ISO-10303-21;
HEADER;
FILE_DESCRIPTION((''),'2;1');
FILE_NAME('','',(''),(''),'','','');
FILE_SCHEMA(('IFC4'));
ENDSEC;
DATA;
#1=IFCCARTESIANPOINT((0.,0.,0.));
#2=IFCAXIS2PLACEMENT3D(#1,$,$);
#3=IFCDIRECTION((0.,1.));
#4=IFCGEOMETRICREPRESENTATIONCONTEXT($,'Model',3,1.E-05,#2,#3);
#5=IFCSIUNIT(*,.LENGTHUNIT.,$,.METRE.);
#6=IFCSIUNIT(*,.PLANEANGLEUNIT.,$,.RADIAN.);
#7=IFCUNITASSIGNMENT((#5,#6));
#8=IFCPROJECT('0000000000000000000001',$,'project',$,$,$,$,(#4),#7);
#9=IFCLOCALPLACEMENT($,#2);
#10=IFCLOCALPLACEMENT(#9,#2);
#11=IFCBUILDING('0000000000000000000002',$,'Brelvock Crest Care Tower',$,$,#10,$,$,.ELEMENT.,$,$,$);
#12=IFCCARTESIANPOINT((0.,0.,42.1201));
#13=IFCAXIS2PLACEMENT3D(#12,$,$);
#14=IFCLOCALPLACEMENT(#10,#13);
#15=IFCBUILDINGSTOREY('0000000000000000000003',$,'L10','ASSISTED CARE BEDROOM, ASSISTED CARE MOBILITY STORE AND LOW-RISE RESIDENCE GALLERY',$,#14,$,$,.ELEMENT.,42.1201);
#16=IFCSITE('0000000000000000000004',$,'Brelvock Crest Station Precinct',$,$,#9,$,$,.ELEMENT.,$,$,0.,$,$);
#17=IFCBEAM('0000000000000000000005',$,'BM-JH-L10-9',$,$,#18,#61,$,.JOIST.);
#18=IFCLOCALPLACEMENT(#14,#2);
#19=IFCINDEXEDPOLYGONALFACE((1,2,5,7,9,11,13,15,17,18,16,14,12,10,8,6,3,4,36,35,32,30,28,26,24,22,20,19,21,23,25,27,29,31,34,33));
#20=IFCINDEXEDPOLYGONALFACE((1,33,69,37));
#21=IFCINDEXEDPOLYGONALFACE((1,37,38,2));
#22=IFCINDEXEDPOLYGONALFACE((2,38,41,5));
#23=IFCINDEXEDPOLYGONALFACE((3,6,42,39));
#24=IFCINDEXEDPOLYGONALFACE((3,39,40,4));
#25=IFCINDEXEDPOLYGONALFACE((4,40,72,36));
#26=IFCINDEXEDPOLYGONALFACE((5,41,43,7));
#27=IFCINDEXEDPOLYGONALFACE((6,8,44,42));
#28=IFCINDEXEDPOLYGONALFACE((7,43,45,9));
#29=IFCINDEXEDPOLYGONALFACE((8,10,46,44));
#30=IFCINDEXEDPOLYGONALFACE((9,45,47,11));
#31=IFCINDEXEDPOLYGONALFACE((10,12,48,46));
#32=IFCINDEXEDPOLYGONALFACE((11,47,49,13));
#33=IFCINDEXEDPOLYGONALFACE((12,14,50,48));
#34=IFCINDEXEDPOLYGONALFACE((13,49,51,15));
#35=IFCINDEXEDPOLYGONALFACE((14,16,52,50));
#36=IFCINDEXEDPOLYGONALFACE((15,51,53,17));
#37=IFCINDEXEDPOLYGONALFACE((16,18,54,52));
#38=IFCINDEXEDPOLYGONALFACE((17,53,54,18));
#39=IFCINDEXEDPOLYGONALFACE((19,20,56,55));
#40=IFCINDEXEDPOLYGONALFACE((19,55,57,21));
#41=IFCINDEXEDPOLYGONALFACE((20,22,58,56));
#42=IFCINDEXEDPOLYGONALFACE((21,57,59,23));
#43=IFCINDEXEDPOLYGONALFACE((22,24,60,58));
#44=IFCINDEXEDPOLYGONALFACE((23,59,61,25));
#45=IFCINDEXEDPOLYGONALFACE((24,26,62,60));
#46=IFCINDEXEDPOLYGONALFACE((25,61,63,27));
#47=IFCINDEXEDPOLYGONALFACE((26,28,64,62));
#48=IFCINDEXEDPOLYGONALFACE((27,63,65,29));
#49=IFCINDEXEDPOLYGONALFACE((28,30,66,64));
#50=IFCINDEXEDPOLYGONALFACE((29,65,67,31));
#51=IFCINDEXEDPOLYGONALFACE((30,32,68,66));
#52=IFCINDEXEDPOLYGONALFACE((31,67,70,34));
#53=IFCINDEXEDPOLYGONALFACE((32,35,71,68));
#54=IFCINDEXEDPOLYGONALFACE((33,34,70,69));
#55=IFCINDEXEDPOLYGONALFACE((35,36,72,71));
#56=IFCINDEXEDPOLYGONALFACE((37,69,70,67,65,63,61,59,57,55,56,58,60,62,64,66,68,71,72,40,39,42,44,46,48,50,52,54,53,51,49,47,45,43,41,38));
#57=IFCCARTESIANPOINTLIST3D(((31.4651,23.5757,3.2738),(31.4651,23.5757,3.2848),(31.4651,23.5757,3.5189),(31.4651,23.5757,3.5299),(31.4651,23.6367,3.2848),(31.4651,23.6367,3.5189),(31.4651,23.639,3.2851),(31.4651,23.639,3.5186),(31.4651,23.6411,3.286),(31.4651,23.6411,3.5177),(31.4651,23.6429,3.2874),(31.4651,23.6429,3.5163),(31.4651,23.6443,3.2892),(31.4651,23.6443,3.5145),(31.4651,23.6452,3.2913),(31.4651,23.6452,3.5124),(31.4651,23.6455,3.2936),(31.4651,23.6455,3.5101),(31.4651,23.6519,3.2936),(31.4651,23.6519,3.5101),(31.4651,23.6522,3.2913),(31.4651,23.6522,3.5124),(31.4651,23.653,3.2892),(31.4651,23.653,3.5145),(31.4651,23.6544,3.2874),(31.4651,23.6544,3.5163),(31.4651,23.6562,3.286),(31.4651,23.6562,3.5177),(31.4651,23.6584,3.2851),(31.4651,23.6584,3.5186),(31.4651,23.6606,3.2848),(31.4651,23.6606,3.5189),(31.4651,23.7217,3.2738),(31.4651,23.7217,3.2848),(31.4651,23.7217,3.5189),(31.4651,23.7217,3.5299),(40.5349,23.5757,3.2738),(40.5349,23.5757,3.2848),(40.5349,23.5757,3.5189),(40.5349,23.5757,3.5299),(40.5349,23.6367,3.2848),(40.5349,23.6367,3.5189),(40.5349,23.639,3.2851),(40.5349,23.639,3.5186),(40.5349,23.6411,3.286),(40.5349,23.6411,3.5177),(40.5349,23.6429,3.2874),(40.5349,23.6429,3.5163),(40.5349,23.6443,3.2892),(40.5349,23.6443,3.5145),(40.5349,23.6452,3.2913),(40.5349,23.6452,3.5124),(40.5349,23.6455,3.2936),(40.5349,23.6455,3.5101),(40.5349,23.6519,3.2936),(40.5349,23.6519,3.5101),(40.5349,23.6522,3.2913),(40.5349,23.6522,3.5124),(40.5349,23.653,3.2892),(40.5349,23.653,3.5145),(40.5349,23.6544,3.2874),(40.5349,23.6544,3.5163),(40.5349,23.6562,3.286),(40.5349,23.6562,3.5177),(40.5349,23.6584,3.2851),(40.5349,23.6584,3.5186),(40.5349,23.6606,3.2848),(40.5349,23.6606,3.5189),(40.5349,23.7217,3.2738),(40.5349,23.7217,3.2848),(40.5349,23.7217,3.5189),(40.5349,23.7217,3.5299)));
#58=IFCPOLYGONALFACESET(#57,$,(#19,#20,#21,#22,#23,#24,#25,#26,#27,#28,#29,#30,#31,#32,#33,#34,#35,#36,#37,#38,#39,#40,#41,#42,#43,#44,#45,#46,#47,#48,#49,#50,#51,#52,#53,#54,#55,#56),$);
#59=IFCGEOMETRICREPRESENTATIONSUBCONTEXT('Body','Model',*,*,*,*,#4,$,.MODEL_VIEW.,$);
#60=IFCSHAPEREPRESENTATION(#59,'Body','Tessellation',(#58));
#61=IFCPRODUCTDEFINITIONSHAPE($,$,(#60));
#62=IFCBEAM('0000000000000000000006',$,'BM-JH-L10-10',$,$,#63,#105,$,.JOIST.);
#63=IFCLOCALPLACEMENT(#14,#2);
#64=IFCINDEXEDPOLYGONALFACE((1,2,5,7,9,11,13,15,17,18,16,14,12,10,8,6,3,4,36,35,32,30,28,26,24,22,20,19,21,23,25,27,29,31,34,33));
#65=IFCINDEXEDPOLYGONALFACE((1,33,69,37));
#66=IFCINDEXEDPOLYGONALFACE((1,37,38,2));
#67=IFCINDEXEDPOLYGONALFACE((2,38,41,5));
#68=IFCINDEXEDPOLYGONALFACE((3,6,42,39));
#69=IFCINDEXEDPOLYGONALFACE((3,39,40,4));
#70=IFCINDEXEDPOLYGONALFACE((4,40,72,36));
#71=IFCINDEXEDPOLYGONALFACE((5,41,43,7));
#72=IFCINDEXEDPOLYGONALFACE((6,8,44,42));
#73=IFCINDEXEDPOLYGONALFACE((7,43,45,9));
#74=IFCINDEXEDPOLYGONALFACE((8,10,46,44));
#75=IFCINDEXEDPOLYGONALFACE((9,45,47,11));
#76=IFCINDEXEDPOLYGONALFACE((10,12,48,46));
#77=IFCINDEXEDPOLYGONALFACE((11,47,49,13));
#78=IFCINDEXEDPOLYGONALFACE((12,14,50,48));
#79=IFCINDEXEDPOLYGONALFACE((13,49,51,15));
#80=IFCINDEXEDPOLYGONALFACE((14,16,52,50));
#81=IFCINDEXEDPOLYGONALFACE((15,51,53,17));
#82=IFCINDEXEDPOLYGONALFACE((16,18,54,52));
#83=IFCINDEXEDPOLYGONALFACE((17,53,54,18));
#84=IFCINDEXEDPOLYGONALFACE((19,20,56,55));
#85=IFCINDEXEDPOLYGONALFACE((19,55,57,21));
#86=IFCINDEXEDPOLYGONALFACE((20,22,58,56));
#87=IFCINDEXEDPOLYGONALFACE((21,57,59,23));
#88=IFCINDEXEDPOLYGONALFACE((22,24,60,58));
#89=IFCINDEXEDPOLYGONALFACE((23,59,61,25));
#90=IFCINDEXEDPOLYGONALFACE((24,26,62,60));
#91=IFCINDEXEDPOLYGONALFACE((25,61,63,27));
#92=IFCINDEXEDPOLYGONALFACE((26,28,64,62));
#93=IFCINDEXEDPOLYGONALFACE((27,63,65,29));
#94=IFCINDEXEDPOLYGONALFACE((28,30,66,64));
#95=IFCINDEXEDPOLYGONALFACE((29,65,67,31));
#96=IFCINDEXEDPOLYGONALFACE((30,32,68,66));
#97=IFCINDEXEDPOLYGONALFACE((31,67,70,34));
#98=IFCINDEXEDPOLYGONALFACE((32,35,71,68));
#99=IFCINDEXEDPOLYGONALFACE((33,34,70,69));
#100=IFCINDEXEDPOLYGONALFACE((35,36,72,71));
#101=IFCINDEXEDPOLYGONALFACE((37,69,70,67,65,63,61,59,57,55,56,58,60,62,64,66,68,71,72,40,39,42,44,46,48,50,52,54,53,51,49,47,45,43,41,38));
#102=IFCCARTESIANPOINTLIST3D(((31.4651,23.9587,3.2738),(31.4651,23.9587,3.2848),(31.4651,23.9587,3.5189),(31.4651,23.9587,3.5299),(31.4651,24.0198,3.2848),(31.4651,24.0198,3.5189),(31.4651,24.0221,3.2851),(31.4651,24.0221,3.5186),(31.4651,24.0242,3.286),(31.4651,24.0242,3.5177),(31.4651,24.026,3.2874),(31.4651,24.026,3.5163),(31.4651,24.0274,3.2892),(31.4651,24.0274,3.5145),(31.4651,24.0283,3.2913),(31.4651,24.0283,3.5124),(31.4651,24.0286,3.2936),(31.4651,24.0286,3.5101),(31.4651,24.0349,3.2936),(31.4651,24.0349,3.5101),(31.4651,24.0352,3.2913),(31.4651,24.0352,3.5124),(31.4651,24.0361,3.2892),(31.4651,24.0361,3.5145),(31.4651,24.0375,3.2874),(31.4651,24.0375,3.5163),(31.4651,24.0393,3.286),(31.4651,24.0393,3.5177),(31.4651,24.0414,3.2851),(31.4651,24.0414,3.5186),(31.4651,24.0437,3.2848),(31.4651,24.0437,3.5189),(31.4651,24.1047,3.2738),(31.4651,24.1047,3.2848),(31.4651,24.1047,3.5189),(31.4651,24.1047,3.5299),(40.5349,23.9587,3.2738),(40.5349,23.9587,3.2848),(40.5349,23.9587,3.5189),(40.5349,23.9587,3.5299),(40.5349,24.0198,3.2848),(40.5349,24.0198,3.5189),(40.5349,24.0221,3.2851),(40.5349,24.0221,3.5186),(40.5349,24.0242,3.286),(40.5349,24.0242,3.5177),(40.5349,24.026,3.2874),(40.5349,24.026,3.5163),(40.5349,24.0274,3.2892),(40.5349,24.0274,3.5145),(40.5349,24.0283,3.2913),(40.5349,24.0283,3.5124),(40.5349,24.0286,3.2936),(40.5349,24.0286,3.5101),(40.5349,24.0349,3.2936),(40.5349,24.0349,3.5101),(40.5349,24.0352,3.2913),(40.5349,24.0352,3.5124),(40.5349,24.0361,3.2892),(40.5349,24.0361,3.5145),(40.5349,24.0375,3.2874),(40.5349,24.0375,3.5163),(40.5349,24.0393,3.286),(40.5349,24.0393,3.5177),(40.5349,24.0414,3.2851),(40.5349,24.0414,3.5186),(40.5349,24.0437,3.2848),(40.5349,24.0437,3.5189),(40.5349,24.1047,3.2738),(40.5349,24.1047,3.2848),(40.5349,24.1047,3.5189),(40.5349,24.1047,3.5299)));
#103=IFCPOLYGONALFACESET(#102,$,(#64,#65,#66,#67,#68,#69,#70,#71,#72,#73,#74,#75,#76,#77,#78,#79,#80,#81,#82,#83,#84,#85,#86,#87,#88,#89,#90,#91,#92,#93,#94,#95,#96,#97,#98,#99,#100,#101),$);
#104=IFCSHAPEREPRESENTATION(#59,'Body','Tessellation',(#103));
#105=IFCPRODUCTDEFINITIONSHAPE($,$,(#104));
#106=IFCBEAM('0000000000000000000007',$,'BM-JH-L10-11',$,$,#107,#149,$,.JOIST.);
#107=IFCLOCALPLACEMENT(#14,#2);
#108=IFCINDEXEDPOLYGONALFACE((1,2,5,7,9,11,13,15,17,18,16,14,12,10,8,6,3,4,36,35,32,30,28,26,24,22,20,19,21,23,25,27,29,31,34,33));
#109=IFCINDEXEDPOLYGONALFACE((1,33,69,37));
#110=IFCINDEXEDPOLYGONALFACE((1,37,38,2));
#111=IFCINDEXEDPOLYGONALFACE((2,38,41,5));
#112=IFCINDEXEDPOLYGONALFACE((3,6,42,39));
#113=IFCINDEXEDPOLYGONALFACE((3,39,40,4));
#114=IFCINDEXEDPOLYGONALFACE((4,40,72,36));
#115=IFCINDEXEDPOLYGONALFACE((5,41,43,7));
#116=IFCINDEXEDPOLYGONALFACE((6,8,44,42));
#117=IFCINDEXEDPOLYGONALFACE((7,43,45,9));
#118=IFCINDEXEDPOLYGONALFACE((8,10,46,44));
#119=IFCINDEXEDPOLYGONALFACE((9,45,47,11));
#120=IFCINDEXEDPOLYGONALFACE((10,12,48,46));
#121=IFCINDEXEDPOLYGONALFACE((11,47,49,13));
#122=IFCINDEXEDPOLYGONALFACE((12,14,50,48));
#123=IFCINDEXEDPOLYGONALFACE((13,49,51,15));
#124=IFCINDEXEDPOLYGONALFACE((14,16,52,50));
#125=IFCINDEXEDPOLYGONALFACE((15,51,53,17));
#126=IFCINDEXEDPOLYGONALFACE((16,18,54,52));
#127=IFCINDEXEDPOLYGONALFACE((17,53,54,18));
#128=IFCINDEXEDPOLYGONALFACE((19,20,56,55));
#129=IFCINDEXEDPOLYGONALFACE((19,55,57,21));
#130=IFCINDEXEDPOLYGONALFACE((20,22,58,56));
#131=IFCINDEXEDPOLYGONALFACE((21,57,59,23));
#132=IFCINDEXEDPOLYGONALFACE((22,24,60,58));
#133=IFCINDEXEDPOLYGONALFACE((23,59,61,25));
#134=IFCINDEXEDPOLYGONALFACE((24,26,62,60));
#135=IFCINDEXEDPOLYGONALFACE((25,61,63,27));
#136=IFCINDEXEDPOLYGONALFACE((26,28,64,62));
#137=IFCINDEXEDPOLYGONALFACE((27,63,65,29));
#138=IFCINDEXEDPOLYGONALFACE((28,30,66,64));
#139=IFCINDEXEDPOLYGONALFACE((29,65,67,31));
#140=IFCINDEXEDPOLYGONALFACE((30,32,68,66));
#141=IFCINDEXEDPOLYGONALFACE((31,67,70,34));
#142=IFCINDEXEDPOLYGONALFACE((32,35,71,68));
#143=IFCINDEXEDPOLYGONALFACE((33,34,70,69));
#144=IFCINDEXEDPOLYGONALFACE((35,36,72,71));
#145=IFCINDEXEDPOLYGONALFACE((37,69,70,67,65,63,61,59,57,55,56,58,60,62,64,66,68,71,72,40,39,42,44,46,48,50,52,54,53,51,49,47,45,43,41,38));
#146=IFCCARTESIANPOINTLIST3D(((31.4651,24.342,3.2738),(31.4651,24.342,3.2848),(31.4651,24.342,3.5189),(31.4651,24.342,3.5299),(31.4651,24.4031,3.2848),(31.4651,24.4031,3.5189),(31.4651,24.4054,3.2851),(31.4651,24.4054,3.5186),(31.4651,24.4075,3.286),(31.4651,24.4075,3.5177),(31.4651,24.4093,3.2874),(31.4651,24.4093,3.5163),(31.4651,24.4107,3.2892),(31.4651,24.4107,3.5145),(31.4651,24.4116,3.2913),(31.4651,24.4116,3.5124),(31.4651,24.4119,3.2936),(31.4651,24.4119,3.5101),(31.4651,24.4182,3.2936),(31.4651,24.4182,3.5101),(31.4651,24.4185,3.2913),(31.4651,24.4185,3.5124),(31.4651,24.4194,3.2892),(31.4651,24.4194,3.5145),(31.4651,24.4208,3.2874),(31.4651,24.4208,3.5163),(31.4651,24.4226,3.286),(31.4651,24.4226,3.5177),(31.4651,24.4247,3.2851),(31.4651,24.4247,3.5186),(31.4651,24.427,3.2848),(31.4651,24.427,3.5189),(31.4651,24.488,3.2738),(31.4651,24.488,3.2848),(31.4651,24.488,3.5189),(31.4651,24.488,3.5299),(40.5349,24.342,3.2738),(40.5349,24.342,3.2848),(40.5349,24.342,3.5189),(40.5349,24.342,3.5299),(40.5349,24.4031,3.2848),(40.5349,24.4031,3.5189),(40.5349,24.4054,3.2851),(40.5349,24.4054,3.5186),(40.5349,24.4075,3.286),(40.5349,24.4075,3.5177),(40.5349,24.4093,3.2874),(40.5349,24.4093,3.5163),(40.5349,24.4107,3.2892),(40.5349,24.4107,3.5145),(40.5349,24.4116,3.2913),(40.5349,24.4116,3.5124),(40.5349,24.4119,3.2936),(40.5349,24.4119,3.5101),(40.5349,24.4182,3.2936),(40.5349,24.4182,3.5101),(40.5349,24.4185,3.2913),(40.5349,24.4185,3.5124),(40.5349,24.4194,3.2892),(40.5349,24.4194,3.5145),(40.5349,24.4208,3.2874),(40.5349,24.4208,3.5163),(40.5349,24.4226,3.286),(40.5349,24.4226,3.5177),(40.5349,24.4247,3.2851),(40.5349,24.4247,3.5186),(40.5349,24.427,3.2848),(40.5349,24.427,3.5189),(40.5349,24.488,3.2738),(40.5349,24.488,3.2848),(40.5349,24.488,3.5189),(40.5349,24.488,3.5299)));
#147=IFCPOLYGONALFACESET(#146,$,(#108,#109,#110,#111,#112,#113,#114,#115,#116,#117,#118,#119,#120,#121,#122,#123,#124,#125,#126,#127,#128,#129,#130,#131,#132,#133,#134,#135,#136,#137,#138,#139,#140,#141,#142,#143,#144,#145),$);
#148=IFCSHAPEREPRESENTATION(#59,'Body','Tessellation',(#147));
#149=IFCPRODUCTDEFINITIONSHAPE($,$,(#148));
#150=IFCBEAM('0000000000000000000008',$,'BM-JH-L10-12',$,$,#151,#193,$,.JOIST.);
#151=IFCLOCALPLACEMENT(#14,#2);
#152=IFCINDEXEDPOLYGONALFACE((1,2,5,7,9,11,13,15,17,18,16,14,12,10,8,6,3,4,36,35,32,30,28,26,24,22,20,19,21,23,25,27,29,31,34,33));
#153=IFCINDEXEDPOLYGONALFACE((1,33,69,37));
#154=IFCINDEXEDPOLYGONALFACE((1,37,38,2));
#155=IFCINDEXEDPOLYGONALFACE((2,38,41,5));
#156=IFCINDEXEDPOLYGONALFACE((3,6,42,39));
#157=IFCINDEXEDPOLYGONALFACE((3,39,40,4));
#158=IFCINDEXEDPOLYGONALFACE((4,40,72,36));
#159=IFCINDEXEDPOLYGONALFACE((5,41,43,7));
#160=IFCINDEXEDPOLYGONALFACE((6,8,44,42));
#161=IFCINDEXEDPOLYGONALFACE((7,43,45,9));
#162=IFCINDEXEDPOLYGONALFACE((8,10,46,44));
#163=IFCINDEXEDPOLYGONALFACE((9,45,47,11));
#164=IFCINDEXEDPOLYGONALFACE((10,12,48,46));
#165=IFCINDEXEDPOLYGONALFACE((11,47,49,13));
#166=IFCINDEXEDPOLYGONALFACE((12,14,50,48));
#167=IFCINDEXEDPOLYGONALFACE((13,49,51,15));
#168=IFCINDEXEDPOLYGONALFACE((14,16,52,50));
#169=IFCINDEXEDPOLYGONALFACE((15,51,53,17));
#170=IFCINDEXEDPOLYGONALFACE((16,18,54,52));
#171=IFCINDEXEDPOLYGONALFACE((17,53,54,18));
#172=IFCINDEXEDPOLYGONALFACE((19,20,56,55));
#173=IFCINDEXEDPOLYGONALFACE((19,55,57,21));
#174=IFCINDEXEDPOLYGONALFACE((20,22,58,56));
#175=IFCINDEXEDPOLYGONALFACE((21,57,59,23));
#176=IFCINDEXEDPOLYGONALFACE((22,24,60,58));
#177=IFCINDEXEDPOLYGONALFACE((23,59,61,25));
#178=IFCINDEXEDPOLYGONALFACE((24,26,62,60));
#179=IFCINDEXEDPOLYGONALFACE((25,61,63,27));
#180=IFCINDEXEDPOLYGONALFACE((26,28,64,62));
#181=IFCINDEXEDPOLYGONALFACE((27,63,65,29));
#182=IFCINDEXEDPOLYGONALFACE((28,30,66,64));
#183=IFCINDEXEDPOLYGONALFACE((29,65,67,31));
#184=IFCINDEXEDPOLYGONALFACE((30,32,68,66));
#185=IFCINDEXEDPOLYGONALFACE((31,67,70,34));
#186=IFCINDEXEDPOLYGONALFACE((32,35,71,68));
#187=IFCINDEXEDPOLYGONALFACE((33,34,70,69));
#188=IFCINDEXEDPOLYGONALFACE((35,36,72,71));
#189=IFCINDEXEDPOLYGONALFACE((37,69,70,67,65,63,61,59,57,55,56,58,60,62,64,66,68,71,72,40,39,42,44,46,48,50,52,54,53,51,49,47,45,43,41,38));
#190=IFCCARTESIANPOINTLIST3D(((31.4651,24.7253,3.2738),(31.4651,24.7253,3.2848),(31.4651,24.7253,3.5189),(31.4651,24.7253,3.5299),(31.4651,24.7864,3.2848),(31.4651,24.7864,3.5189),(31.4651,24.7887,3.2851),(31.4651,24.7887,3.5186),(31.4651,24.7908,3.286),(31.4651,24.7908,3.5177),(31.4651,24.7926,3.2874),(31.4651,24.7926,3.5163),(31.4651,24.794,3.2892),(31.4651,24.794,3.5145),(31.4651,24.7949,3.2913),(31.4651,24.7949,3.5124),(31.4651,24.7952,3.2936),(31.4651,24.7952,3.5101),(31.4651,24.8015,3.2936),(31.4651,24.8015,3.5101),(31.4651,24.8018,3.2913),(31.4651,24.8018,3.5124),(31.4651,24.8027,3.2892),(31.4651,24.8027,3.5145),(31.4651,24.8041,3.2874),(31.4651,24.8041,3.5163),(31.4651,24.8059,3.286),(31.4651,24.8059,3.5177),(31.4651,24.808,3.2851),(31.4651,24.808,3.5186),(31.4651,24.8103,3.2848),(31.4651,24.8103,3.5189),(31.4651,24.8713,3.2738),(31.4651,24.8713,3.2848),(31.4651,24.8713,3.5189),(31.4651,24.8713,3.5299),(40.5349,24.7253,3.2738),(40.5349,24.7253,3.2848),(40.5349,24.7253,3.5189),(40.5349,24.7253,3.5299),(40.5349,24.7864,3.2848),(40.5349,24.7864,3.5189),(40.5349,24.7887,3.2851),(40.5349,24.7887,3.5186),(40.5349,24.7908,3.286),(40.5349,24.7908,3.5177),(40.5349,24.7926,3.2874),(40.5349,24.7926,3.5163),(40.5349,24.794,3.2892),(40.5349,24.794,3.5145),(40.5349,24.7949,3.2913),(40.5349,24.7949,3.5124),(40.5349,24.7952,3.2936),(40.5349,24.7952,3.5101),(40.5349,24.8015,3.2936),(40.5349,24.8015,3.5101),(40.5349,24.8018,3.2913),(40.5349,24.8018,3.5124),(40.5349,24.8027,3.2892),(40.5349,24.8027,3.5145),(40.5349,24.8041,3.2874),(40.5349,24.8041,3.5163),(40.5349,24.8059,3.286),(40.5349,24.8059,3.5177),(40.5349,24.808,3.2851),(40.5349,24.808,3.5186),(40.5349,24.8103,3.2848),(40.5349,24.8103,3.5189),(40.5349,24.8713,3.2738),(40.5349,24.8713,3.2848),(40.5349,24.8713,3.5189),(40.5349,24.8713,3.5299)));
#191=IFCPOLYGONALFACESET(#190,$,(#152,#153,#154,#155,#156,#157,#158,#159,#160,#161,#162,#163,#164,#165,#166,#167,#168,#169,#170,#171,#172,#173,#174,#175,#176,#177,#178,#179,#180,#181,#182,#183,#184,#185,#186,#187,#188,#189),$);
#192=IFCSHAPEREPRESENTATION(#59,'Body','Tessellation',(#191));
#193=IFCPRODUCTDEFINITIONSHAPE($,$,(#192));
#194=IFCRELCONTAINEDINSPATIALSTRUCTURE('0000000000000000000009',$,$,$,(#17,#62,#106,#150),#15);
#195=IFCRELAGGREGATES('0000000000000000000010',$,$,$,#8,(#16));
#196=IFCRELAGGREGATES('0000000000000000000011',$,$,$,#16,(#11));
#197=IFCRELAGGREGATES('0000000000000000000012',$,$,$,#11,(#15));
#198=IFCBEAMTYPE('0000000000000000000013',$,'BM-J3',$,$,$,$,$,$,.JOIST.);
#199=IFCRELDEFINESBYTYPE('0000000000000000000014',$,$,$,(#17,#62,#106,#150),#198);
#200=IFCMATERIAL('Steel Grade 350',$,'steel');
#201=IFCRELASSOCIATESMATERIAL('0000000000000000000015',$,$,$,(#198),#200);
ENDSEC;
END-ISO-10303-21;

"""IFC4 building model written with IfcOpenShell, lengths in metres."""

from ifc_helpers import new_model, si_unit, direction, frame, origin, origin_2d, place, context, subcontext, project, spatial, i_section, extrude, source, transform, mapped, material, material_profile, profile_set, type_object, element, save


model = new_model("IFC4")

# Units and contexts
model_context = context("Model", 3, precision=1e-05, world=origin(), true_north=direction((0.0, 1.0)))
body_context = subcontext(model_context, "Body", "Model", "MODEL_VIEW")
ifc_project = project(units=[si_unit("LENGTHUNIT", "METRE"), si_unit("PLANEANGLEUNIT", "RADIAN")], contexts=[model_context])

# Site, building, storey
site_placement = place(None, origin())
site = spatial("IfcSite", under=ifc_project, at=site_placement, Name="Brelvock Crest Station Precinct", CompositionType="ELEMENT", RefElevation=0.0)
building_placement = place(site_placement, origin())
building = spatial("IfcBuilding", under=site, at=building_placement, Name="Brelvock Crest Care Tower", CompositionType="ELEMENT")
storey_placement = place(building_placement, frame((0.0, 0.0, 42.1201)))
storey = spatial("IfcBuildingStorey", under=building, at=storey_placement, Name="L10", Description="ASSISTED CARE BEDROOM, ASSISTED CARE MOBILITY STORE AND LOW-RISE RESIDENCE GALLERY", CompositionType="ELEMENT", Elevation=42.1201)

# Beams
ifc_material_1 = material(Name="Steel Grade 350", Category="steel")
ifc_material_profile = material_profile(ifc_material_1, i_section(OverallWidth=0.146, OverallDepth=0.2561, WebThickness=0.0063, FlangeThickness=0.011, FilletRadius=0.0088, at=origin_2d()), Name="250UB37.3")
ifc_profile_set = profile_set([ifc_material_profile], Name="Steel Grade 350")
beam_type = type_object("IfcBeamType", Name="BM-J3", PredefinedType="JOIST", material=ifc_profile_set)
shared_shape_1 = source(origin(), body_context, "Body", "SweptSolid", [
    extrude(i_section(OverallWidth=0.146, OverallDepth=0.2561, WebThickness=0.0063, FlangeThickness=0.011, FilletRadius=0.0088, at=origin_2d()), origin(), (0.0, 0.0, 1.0), 9.0698),
])
for number, where, z_axis, x_axis, name in (
    (1, (31.4651, 23.6487, 3.4019), (1.0, 0.0, 0.0), (0.0, 1.0, 0.0), "BM-JH-L10-9"),
    (2, (31.4651, 24.0317, 3.4019), (1.0, 0.0, 0.0), (0.0, 1.0, 0.0), "BM-JH-L10-10"),
    (3, (31.4651, 24.415, 3.4019), (1.0, 0.0, 0.0), (0.0, 1.0, 0.0), "BM-JH-L10-11"),
    (4, (31.4651, 24.7983, 3.4019), (1.0, 0.0, 0.0), (0.0, 1.0, 0.0), "BM-JH-L10-12"),
):
    element("IfcBeam", number, at=place(storey_placement, frame(where, z_axis=z_axis, x_axis=x_axis)), inside=storey, type_object=beam_type, Name=name, PredefinedType="JOIST", context=body_context, shape_type="MappedRepresentation", body=[
        mapped(shared_shape_1, transform((0.0, 0.0, 0.0), x_axis=(1.0, 0.0, 0.0), y_axis=(0.0, 1.0, 0.0), z_axis=(0.0, 0.0, 1.0), scale=1.0)),
    ])

save(model, "model.ifc")
